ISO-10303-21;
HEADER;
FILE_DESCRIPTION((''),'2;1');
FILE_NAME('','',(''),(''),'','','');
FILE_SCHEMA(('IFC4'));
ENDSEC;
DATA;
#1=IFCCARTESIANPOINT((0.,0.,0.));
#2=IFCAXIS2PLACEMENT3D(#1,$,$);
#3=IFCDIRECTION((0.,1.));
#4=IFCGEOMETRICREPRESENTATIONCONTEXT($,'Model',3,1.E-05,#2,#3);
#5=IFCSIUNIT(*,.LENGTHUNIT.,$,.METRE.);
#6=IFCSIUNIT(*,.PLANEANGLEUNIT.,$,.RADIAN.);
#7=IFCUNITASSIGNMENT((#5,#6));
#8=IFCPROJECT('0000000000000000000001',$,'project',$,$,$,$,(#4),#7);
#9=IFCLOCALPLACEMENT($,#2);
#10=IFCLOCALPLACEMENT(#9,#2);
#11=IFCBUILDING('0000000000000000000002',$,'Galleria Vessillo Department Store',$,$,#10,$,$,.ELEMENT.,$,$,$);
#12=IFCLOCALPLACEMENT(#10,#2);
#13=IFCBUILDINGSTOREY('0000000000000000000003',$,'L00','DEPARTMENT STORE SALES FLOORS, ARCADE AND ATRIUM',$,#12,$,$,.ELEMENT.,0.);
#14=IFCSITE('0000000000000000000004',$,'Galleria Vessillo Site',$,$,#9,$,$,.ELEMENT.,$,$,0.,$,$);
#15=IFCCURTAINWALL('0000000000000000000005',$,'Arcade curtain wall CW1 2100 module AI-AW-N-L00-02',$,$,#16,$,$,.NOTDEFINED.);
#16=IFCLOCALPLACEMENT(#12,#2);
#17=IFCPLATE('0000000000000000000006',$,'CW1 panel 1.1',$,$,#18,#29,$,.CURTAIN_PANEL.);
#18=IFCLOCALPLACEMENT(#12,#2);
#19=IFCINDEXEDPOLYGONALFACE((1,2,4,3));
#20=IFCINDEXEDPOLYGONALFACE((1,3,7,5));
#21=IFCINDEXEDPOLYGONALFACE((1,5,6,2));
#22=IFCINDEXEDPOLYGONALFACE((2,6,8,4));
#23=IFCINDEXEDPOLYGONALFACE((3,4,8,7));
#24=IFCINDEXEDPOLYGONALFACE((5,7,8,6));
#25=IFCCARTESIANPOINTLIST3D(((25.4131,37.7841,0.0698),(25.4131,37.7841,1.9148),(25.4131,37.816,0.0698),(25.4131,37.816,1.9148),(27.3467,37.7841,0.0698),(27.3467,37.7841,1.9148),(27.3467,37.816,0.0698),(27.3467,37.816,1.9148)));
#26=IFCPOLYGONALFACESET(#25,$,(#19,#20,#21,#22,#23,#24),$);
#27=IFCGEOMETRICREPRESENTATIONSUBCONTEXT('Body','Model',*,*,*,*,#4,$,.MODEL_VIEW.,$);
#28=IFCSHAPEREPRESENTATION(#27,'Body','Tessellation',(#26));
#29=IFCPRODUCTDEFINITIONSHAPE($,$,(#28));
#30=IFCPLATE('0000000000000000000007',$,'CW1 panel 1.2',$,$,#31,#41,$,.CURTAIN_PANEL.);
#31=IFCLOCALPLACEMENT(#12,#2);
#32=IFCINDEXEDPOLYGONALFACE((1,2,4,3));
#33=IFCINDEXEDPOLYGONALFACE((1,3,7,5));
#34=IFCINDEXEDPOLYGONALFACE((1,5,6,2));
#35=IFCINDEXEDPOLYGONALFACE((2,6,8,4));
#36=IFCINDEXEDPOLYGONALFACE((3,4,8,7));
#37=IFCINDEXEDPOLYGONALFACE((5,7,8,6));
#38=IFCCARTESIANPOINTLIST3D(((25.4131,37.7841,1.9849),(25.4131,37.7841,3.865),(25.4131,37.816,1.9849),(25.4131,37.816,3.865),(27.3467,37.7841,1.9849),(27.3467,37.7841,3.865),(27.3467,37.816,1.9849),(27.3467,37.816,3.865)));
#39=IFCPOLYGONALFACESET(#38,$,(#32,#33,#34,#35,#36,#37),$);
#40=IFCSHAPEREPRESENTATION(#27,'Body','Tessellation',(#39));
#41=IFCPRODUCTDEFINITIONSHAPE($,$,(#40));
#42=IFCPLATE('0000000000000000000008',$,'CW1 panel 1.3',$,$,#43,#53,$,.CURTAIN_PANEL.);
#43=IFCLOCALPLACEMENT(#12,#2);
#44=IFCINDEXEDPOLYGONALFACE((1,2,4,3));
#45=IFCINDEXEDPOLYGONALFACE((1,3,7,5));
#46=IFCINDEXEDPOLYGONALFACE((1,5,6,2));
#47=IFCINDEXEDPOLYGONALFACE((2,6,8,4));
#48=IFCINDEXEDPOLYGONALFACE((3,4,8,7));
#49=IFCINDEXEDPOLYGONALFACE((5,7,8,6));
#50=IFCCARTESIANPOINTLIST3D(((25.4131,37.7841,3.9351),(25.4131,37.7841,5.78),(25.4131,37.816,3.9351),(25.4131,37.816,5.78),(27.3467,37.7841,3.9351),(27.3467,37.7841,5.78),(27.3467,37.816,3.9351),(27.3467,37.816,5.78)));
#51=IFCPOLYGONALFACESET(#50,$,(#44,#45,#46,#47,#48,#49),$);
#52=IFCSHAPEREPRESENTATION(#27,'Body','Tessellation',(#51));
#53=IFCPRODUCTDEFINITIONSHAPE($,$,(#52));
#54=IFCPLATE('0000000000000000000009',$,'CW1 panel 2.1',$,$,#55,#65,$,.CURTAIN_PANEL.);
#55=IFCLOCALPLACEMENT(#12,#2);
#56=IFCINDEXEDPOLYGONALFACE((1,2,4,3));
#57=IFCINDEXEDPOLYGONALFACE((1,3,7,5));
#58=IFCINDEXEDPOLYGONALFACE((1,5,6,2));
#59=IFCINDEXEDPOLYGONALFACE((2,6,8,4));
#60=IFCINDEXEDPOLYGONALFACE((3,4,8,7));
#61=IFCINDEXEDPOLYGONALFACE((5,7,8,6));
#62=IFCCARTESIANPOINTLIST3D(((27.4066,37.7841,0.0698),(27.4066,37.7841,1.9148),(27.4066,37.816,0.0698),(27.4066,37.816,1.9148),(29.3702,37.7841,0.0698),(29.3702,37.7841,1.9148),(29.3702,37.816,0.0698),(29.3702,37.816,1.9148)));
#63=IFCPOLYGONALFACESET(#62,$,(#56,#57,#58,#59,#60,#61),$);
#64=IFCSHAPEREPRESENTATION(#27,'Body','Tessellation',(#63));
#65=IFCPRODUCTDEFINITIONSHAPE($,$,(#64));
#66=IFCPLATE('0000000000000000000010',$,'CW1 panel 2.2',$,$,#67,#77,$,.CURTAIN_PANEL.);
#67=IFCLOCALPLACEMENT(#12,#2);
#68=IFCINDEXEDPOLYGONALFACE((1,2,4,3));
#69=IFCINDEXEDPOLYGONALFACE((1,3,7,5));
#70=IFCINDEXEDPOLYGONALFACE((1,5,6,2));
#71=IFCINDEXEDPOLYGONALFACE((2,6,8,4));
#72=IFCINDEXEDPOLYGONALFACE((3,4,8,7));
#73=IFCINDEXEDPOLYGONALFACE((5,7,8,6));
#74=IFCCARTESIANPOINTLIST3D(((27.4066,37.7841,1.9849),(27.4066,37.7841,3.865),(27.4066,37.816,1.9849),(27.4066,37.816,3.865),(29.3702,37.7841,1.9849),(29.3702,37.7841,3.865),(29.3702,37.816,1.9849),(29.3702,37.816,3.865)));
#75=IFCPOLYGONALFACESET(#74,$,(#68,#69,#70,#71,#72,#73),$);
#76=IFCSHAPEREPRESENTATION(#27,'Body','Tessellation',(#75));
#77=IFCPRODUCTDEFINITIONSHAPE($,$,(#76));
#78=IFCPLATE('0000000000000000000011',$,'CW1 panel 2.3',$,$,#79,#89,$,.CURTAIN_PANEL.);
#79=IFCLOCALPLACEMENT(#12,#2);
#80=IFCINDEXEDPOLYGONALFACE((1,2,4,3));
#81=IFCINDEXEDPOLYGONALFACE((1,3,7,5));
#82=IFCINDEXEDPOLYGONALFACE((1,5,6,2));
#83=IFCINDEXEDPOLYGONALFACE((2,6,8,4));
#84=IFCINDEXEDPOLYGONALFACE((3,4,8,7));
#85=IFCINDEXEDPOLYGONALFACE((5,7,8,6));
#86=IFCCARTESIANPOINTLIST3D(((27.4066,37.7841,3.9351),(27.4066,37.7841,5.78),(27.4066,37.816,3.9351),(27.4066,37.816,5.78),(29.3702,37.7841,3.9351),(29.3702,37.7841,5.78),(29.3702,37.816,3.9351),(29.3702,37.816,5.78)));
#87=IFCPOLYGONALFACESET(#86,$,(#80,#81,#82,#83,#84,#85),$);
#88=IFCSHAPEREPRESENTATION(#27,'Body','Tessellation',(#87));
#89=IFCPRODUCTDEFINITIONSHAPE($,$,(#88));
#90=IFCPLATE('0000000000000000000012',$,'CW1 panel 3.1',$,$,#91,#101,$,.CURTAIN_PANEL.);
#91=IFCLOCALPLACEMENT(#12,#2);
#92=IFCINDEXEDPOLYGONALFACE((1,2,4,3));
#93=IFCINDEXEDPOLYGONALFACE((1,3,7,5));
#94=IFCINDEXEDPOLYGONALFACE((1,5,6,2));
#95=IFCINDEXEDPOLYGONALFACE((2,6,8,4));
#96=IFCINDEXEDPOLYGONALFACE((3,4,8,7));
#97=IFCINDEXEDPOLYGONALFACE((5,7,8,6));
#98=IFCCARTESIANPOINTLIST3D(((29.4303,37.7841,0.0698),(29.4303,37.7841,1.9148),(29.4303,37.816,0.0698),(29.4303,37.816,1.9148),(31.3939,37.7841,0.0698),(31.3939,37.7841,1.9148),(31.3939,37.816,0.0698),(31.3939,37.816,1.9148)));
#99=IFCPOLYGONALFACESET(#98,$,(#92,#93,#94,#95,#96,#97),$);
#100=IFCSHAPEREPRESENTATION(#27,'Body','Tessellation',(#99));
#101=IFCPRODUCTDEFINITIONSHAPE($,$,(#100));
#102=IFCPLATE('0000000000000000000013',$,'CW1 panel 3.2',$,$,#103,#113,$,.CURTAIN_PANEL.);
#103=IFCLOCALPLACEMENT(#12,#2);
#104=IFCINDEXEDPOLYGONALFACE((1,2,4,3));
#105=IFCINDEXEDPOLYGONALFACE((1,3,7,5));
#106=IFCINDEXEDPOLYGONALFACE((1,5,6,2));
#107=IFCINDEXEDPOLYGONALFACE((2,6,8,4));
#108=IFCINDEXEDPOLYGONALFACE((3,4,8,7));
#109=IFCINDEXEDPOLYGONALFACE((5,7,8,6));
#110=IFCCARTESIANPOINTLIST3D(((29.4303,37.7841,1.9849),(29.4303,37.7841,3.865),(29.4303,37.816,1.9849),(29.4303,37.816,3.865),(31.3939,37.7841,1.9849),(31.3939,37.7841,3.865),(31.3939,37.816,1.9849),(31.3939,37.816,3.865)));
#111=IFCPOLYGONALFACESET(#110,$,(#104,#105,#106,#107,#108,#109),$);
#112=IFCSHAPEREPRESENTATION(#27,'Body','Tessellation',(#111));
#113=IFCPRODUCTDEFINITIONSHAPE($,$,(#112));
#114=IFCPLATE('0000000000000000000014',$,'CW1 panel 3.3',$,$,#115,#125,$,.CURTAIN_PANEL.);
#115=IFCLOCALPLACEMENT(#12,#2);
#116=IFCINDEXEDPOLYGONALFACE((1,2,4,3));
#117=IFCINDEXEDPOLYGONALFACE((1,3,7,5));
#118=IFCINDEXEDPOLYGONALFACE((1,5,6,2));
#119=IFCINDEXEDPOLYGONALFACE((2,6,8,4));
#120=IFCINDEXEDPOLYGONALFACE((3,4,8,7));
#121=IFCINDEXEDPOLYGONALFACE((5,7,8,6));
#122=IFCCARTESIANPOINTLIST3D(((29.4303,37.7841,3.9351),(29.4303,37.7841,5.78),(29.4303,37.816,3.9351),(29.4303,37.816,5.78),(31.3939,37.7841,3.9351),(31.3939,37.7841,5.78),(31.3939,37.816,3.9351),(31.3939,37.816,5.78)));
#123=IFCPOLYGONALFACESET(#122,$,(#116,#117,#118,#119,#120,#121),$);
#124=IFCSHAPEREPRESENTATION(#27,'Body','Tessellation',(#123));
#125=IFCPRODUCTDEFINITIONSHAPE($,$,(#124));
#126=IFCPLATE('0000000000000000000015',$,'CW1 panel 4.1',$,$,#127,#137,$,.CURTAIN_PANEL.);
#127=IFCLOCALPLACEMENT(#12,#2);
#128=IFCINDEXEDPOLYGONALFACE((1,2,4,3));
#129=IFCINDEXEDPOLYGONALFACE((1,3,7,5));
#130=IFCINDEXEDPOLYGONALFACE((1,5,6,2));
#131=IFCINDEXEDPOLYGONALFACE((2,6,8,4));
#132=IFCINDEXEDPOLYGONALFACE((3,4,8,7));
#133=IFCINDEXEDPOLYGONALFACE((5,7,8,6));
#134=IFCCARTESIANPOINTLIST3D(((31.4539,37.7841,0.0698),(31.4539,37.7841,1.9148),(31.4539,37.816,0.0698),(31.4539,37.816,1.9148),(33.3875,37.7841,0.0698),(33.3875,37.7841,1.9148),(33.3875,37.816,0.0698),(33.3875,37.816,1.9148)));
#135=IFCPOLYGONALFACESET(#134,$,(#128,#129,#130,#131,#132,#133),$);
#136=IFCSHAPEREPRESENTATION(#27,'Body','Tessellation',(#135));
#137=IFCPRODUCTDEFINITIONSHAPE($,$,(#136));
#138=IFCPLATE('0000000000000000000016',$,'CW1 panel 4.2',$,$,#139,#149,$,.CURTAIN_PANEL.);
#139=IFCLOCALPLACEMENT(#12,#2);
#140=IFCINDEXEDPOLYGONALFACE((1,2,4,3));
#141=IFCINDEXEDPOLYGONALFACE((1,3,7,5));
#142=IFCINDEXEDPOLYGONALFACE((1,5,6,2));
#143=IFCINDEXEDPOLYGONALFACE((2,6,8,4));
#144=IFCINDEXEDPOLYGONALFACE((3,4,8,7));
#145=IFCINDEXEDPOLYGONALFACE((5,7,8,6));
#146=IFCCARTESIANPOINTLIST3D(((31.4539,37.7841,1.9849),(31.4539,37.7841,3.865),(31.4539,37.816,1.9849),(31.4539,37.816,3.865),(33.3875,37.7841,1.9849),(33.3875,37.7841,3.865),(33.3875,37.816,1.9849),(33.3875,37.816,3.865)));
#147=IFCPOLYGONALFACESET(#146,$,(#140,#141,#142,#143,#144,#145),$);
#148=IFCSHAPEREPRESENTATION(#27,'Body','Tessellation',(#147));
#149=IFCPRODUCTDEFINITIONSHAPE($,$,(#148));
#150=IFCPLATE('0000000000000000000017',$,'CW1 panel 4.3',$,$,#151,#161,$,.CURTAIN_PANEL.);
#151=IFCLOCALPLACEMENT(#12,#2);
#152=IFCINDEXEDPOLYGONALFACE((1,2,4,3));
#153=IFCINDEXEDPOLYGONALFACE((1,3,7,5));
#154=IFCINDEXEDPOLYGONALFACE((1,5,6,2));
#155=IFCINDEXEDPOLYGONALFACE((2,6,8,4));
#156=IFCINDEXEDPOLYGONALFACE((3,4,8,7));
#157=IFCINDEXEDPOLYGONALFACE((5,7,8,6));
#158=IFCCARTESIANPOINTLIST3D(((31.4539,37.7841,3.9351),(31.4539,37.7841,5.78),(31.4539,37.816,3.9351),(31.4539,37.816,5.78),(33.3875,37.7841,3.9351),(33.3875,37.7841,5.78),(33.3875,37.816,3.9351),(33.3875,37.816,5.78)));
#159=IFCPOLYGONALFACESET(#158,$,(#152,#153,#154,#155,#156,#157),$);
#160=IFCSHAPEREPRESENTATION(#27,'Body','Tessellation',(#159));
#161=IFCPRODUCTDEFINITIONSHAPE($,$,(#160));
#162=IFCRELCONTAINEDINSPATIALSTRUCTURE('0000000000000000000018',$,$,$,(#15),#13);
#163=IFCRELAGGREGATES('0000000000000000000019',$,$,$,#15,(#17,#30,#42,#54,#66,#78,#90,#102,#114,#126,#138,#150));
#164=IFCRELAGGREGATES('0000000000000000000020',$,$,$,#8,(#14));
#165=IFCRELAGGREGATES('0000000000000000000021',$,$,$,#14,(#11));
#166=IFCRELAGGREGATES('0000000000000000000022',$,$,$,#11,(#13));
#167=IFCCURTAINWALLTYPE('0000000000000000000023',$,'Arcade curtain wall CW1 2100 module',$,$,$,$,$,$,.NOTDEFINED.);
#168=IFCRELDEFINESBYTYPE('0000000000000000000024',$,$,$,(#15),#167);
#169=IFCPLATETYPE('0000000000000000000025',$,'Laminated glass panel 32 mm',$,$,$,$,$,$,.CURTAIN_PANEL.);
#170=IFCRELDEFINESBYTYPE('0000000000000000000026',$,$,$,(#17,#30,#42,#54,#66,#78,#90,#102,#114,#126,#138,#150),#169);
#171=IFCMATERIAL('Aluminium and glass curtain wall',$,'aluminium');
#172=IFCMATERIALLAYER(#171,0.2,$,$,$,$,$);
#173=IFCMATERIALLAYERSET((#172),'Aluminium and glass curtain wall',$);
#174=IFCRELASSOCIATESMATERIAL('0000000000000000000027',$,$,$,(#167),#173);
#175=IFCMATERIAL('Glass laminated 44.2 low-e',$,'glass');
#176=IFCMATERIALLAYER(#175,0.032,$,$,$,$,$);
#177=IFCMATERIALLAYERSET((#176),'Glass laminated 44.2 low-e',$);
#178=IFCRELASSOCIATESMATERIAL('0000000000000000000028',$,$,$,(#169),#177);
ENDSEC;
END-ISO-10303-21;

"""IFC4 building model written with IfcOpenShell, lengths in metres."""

from ifc_helpers import new_model, si_unit, direction, frame, origin, origin_2d, place, context, subcontext, project, spatial, rectangle, extrude, material, layer, layer_set, type_object, element, aggregate, save


model = new_model("IFC4")

# Units and contexts
model_context = context("Model", 3, precision=1e-05, world=origin(), true_north=direction((0.0, 1.0)))
body_context = subcontext(model_context, "Body", "Model", "MODEL_VIEW")
ifc_project = project(units=[si_unit("LENGTHUNIT", "METRE"), si_unit("PLANEANGLEUNIT", "RADIAN")], contexts=[model_context])

# Site, building, storey
site_placement = place(None, origin())
site = spatial("IfcSite", under=ifc_project, at=site_placement, Name="Galleria Vessillo Site", CompositionType="ELEMENT", RefElevation=0.0)
building_placement = place(site_placement, origin())
building = spatial("IfcBuilding", under=site, at=building_placement, Name="Galleria Vessillo Department Store", CompositionType="ELEMENT")
storey_placement = place(building_placement, origin())
storey = spatial("IfcBuildingStorey", under=building, at=storey_placement, Name="L00", Description="DEPARTMENT STORE SALES FLOORS, ARCADE AND ATRIUM", CompositionType="ELEMENT", Elevation=0.0)

# Curtain wall
ifc_material_1 = material(Name="Aluminium and glass curtain wall", Category="aluminium")
ifc_layer_1 = layer(ifc_material_1, 0.2)
ifc_layer_set_1 = layer_set([ifc_layer_1], Name="Aluminium and glass curtain wall")
curtain_wall_type = type_object("IfcCurtainWallType", Name="Arcade curtain wall CW1 2100 module", PredefinedType="NOTDEFINED", material=ifc_layer_set_1)
curtain_wall_placement = place(storey_placement, origin())
curtain_wall = element("IfcCurtainWall", 1, at=curtain_wall_placement, inside=storey, type_object=curtain_wall_type, Name="Arcade curtain wall CW1 2100 module AI-AW-N-L00-02", PredefinedType="NOTDEFINED")

# Plates
ifc_material_2 = material(Name="Glass laminated 44.2 low-e", Category="glass")
ifc_layer_2 = layer(ifc_material_2, 0.032)
ifc_layer_set_2 = layer_set([ifc_layer_2], Name="Glass laminated 44.2 low-e")
plate_type = type_object("IfcPlateType", Name="Laminated glass panel 32 mm", PredefinedType="CURTAIN_PANEL", material=ifc_layer_set_2)
plate_1_placement = place(storey_placement, frame((26.3799, 37.8, 0.0698), z_axis=(0.0, 0.0, 1.0), x_axis=(1.0, 0.0, 0.0)))
plate_1 = element("IfcPlate", 2, at=plate_1_placement, type_object=plate_type, Name="CW1 panel 1.1", PredefinedType="CURTAIN_PANEL", context=body_context, shape_type="SweptSolid", body=[
    extrude(rectangle(XDim=1.9336, YDim=0.032, at=origin_2d()), origin(), (0.0, 0.0, 1.0), 1.845),
])
plate_2_placement = place(storey_placement, frame((26.3799, 37.8, 1.9849), z_axis=(0.0, 0.0, 1.0), x_axis=(1.0, 0.0, 0.0)))
plate_2 = element("IfcPlate", 3, at=plate_2_placement, type_object=plate_type, Name="CW1 panel 1.2", PredefinedType="CURTAIN_PANEL", context=body_context, shape_type="SweptSolid", body=[
    extrude(rectangle(XDim=1.9336, YDim=0.032, at=origin_2d()), origin(), (0.0, 0.0, 1.0), 1.8801),
])
plate_3_placement = place(storey_placement, frame((26.3799, 37.8, 3.9351), z_axis=(0.0, 0.0, 1.0), x_axis=(1.0, 0.0, 0.0)))
plate_3 = element("IfcPlate", 4, at=plate_3_placement, type_object=plate_type, Name="CW1 panel 1.3", PredefinedType="CURTAIN_PANEL", context=body_context, shape_type="SweptSolid", body=[
    extrude(rectangle(XDim=1.9336, YDim=0.032, at=origin_2d()), origin(), (0.0, 0.0, 1.0), 1.845),
])
plate_4_placement = place(storey_placement, frame((28.3884, 37.8, 0.0698), z_axis=(0.0, 0.0, 1.0), x_axis=(1.0, 0.0, 0.0)))
plate_4 = element("IfcPlate", 5, at=plate_4_placement, type_object=plate_type, Name="CW1 panel 2.1", PredefinedType="CURTAIN_PANEL", context=body_context, shape_type="SweptSolid", body=[
    extrude(rectangle(XDim=1.9636, YDim=0.032, at=origin_2d()), origin(), (0.0, 0.0, 1.0), 1.845),
])
plate_5_placement = place(storey_placement, frame((28.3884, 37.8, 1.9849), z_axis=(0.0, 0.0, 1.0), x_axis=(1.0, 0.0, 0.0)))
plate_5 = element("IfcPlate", 6, at=plate_5_placement, type_object=plate_type, Name="CW1 panel 2.2", PredefinedType="CURTAIN_PANEL", context=body_context, shape_type="SweptSolid", body=[
    extrude(rectangle(XDim=1.9636, YDim=0.032, at=origin_2d()), origin(), (0.0, 0.0, 1.0), 1.8801),
])
plate_6_placement = place(storey_placement, frame((28.3884, 37.8, 3.9351), z_axis=(0.0, 0.0, 1.0), x_axis=(1.0, 0.0, 0.0)))
plate_6 = element("IfcPlate", 7, at=plate_6_placement, type_object=plate_type, Name="CW1 panel 2.3", PredefinedType="CURTAIN_PANEL", context=body_context, shape_type="SweptSolid", body=[
    extrude(rectangle(XDim=1.9636, YDim=0.032, at=origin_2d()), origin(), (0.0, 0.0, 1.0), 1.845),
])
plate_7_placement = place(storey_placement, frame((30.4121, 37.8, 0.0698), z_axis=(0.0, 0.0, 1.0), x_axis=(1.0, 0.0, 0.0)))
plate_7 = element("IfcPlate", 8, at=plate_7_placement, type_object=plate_type, Name="CW1 panel 3.1", PredefinedType="CURTAIN_PANEL", context=body_context, shape_type="SweptSolid", body=[
    extrude(rectangle(XDim=1.9636, YDim=0.032, at=origin_2d()), origin(), (0.0, 0.0, 1.0), 1.845),
])
plate_8_placement = place(storey_placement, frame((30.4121, 37.8, 1.9849), z_axis=(0.0, 0.0, 1.0), x_axis=(1.0, 0.0, 0.0)))
plate_8 = element("IfcPlate", 9, at=plate_8_placement, type_object=plate_type, Name="CW1 panel 3.2", PredefinedType="CURTAIN_PANEL", context=body_context, shape_type="SweptSolid", body=[
    extrude(rectangle(XDim=1.9636, YDim=0.032, at=origin_2d()), origin(), (0.0, 0.0, 1.0), 1.8801),
])
plate_9_placement = place(storey_placement, frame((30.4121, 37.8, 3.9351), z_axis=(0.0, 0.0, 1.0), x_axis=(1.0, 0.0, 0.0)))
plate_9 = element("IfcPlate", 10, at=plate_9_placement, type_object=plate_type, Name="CW1 panel 3.3", PredefinedType="CURTAIN_PANEL", context=body_context, shape_type="SweptSolid", body=[
    extrude(rectangle(XDim=1.9636, YDim=0.032, at=origin_2d()), origin(), (0.0, 0.0, 1.0), 1.845),
])
plate_10_placement = place(storey_placement, frame((32.4207, 37.8, 0.0698), z_axis=(0.0, 0.0, 1.0), x_axis=(1.0, 0.0, 0.0)))
plate_10 = element("IfcPlate", 11, at=plate_10_placement, type_object=plate_type, Name="CW1 panel 4.1", PredefinedType="CURTAIN_PANEL", context=body_context, shape_type="SweptSolid", body=[
    extrude(rectangle(XDim=1.9336, YDim=0.032, at=origin_2d()), origin(), (0.0, 0.0, 1.0), 1.845),
])
plate_11_placement = place(storey_placement, frame((32.4207, 37.8, 1.9849), z_axis=(0.0, 0.0, 1.0), x_axis=(1.0, 0.0, 0.0)))
plate_11 = element("IfcPlate", 12, at=plate_11_placement, type_object=plate_type, Name="CW1 panel 4.2", PredefinedType="CURTAIN_PANEL", context=body_context, shape_type="SweptSolid", body=[
    extrude(rectangle(XDim=1.9336, YDim=0.032, at=origin_2d()), origin(), (0.0, 0.0, 1.0), 1.8801),
])
plate_12_placement = place(storey_placement, frame((32.4207, 37.8, 3.9351), z_axis=(0.0, 0.0, 1.0), x_axis=(1.0, 0.0, 0.0)))
plate_12 = element("IfcPlate", 13, at=plate_12_placement, type_object=plate_type, Name="CW1 panel 4.3", PredefinedType="CURTAIN_PANEL", context=body_context, shape_type="SweptSolid", body=[
    extrude(rectangle(XDim=1.9336, YDim=0.032, at=origin_2d()), origin(), (0.0, 0.0, 1.0), 1.845),
])
aggregate(curtain_wall, [plate_1, plate_2, plate_3, plate_4, plate_5, plate_6, plate_7, plate_8, plate_9, plate_10, plate_11, plate_12])

save(model, "model.ifc")
